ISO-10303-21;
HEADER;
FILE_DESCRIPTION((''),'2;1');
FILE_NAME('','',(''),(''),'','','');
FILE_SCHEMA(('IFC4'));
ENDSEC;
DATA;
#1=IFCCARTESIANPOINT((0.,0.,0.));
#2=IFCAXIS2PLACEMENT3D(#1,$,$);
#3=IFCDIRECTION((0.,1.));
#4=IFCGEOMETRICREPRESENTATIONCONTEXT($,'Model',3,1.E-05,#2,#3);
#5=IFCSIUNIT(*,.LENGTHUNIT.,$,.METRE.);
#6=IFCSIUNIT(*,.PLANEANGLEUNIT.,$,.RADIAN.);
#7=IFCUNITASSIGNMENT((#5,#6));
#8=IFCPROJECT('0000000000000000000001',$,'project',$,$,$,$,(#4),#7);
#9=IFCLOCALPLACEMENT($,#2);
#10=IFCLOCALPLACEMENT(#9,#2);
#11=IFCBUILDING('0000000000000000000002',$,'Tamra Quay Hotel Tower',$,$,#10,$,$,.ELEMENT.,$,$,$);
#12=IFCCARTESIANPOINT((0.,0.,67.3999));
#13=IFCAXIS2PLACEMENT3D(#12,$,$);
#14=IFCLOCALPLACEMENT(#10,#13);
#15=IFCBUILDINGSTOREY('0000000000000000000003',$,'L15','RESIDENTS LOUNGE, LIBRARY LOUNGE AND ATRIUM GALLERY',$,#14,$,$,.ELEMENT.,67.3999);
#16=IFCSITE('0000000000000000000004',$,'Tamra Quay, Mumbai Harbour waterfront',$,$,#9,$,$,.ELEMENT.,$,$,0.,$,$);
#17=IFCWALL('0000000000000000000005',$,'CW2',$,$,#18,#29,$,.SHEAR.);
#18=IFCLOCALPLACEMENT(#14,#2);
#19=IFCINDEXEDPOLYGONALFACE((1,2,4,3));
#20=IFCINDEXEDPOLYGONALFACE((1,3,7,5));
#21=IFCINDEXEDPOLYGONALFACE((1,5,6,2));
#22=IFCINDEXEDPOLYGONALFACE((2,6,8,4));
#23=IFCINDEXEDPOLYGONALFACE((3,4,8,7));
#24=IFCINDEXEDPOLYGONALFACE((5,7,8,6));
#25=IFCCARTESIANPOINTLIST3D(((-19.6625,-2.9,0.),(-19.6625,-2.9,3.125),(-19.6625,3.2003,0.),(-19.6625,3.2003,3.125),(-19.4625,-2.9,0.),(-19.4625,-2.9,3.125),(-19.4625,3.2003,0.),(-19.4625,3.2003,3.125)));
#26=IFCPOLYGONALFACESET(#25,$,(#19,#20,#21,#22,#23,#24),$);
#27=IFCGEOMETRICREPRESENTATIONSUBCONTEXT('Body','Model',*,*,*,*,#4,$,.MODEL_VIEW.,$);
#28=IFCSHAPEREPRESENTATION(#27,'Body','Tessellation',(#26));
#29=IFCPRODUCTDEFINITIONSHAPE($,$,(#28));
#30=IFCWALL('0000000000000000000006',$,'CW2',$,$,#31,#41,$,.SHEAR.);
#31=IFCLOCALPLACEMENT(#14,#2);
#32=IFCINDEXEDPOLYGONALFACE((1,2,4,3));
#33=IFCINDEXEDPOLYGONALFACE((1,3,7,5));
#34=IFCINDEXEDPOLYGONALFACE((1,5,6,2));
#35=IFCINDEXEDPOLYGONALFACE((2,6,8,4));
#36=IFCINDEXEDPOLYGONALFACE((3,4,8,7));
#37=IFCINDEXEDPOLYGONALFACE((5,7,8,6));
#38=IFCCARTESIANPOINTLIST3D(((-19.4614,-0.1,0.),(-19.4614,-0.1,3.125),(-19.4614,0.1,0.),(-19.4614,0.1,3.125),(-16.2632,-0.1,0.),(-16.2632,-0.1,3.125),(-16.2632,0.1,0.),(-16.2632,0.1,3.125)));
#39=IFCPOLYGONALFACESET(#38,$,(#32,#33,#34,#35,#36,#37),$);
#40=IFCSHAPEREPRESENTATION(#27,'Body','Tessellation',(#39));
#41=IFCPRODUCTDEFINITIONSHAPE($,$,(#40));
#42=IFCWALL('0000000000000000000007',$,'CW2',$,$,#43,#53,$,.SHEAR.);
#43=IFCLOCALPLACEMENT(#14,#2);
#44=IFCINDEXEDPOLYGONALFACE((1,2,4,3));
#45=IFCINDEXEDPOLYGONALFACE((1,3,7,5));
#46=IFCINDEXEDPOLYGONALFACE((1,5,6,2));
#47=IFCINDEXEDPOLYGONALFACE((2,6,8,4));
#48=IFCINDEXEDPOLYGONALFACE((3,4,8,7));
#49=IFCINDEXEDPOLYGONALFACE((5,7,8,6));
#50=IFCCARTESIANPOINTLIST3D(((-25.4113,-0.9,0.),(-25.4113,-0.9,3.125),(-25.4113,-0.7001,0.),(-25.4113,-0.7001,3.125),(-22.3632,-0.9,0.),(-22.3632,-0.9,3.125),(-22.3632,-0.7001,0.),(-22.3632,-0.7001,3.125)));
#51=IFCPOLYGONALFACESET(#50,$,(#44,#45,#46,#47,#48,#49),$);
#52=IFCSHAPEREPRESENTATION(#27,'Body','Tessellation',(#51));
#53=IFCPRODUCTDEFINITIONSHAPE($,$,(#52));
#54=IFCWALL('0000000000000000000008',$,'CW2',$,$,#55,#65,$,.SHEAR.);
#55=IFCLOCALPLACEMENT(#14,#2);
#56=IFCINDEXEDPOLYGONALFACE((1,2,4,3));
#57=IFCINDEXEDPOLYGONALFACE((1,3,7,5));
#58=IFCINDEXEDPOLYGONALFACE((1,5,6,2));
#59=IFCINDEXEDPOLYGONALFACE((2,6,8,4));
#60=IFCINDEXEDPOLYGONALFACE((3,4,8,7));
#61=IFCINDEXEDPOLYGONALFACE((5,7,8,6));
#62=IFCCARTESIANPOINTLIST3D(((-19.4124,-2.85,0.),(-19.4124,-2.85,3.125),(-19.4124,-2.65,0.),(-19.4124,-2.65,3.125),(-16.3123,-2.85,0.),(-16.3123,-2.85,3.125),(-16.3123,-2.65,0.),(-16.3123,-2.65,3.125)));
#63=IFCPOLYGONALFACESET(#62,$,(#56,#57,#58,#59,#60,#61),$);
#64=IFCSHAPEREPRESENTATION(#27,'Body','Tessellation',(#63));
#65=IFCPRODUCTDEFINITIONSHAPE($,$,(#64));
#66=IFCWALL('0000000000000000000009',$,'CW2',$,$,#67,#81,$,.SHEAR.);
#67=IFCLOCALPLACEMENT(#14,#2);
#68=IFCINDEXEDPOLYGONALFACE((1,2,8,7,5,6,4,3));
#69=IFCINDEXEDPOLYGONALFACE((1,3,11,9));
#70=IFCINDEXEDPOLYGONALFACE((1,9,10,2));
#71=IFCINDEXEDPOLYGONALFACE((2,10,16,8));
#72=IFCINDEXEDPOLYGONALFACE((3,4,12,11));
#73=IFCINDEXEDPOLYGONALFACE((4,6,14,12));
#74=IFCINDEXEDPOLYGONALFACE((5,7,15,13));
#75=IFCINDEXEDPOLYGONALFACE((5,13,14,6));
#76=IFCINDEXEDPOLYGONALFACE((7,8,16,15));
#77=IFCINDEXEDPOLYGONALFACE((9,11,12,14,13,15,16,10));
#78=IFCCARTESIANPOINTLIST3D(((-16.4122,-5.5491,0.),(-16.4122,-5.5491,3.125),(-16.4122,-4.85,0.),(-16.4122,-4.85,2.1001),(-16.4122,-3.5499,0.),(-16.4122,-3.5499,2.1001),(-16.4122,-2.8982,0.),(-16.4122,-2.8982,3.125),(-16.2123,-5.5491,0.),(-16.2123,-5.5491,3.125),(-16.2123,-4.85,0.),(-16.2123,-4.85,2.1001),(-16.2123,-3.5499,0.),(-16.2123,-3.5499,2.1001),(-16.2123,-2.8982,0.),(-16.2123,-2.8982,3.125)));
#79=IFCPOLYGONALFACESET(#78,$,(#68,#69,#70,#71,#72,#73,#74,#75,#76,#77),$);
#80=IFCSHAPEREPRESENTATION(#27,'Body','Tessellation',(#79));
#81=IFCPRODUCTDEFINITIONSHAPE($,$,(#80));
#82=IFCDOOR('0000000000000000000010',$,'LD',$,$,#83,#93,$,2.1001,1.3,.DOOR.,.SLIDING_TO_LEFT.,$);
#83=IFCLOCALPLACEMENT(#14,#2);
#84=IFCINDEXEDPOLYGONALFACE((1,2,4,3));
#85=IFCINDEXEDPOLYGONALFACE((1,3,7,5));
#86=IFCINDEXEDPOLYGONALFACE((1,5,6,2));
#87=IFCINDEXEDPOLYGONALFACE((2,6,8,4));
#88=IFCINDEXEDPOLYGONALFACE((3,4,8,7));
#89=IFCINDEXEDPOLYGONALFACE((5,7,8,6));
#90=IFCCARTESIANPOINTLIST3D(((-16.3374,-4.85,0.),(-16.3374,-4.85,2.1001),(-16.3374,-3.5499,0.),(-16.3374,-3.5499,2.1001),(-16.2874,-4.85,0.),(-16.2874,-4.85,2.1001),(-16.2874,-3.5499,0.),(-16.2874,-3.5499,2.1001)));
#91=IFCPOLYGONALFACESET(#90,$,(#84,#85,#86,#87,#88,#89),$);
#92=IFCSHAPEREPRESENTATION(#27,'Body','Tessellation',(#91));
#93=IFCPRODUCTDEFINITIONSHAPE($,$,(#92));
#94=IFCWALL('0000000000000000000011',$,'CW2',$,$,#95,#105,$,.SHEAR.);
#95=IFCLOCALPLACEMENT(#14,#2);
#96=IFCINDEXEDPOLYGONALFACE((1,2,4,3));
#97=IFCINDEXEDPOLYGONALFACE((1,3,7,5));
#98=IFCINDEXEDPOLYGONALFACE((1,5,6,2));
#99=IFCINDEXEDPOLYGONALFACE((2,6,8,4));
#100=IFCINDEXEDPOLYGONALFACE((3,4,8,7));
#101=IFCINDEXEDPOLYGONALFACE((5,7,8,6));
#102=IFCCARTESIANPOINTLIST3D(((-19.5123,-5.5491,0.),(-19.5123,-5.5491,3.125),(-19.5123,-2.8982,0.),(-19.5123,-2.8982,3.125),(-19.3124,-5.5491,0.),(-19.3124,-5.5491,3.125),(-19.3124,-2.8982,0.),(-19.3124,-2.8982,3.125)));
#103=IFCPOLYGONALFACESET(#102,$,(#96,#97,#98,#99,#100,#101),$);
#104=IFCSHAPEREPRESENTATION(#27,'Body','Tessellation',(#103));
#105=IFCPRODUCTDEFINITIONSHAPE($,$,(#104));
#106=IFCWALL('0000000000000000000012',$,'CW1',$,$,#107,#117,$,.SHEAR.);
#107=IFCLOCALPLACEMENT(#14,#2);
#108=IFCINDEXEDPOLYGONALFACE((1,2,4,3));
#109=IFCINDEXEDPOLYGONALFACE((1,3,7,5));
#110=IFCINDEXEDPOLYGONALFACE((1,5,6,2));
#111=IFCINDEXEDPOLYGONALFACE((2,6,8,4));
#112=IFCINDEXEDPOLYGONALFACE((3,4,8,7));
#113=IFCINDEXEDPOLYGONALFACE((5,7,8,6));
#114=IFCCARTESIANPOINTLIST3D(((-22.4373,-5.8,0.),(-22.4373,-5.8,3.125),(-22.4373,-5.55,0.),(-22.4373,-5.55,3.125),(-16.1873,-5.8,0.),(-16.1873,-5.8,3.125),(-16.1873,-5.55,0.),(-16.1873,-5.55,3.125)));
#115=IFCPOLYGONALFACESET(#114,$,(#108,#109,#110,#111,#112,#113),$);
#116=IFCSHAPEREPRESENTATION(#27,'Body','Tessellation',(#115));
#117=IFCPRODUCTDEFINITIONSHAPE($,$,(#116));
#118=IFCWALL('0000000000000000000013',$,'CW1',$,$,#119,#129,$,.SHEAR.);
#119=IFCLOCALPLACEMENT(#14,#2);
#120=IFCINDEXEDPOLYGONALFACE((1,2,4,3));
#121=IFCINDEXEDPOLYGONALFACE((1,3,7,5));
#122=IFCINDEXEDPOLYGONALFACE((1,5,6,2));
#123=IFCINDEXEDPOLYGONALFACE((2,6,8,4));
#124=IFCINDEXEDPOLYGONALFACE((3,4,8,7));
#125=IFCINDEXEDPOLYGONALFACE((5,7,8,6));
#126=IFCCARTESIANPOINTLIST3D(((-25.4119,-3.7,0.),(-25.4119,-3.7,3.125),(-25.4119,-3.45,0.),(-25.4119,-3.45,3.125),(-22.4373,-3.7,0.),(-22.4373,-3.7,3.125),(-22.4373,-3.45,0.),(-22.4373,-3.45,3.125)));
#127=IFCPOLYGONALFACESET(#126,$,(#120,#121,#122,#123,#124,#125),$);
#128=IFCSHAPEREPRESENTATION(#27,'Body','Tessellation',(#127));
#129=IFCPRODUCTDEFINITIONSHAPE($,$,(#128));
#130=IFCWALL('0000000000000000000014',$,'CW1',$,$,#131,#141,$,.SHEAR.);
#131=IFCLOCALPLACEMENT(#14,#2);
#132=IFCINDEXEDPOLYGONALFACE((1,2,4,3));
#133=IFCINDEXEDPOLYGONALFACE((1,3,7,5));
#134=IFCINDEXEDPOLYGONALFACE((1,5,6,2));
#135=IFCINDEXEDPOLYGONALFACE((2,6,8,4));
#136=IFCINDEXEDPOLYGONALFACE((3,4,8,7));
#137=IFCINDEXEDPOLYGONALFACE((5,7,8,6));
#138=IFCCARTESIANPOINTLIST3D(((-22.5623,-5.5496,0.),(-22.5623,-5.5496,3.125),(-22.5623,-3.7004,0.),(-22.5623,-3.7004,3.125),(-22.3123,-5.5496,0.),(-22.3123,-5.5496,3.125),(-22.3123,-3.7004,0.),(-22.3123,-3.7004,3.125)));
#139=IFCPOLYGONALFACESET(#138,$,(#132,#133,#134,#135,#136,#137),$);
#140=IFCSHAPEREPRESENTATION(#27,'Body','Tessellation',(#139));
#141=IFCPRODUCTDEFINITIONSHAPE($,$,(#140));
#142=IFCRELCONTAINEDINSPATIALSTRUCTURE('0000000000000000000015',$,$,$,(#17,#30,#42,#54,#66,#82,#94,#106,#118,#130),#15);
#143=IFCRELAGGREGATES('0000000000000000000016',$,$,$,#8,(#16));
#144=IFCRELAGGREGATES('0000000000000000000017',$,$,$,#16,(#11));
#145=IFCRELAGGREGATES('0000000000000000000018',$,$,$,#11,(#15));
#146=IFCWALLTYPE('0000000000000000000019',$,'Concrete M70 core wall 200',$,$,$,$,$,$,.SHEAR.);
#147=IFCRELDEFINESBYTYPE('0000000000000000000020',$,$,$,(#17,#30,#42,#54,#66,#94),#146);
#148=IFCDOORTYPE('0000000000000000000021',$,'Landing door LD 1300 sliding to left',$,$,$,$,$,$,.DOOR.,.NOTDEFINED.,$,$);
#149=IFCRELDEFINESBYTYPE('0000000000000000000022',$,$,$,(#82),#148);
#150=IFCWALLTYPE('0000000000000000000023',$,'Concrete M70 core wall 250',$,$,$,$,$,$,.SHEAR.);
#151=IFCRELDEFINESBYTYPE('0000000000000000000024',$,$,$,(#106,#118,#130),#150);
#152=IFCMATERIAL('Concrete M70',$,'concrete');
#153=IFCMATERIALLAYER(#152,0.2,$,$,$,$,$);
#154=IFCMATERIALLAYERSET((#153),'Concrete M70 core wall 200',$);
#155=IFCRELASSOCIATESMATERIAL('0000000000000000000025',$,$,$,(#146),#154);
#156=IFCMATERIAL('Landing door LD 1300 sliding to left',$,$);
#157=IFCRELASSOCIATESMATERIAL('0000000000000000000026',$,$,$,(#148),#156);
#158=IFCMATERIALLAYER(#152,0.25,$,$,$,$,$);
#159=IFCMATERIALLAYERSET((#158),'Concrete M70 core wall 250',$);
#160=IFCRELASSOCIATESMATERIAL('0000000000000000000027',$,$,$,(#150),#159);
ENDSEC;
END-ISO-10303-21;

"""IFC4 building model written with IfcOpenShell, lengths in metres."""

from ifc_helpers import new_model, si_unit, direction, frame, frame_2d, origin, place, context, subcontext, project, spatial, rectangle, extrude, material, layer, layer_set, type_object, element, fill, save


model = new_model("IFC4")

# Units and contexts
model_context = context("Model", 3, precision=1e-05, world=origin(), true_north=direction((0.0, 1.0)))
body_context = subcontext(model_context, "Body", "Model", "MODEL_VIEW")
ifc_project = project(units=[si_unit("LENGTHUNIT", "METRE"), si_unit("PLANEANGLEUNIT", "RADIAN")], contexts=[model_context])

# Site, building, storey
site_placement = place(None, origin())
site = spatial("IfcSite", under=ifc_project, at=site_placement, Name="Tamra Quay, Mumbai Harbour waterfront", CompositionType="ELEMENT", RefElevation=0.0)
building_placement = place(site_placement, origin())
building = spatial("IfcBuilding", under=site, at=building_placement, Name="Tamra Quay Hotel Tower", CompositionType="ELEMENT")
storey_placement = place(building_placement, frame((0.0, 0.0, 67.3999)))
storey = spatial("IfcBuildingStorey", under=building, at=storey_placement, Name="L15", Description="RESIDENTS LOUNGE, LIBRARY LOUNGE AND ATRIUM GALLERY", CompositionType="ELEMENT", Elevation=67.3999)

# Shared definitions
ifc_material_1 = material(Name="Concrete M70", Category="concrete")

# Walls
ifc_layer_1 = layer(ifc_material_1, 0.2)
ifc_layer_set_1 = layer_set([ifc_layer_1], Name="Concrete M70 core wall 200")
wall_type_1 = type_object("IfcWallType", Name="Concrete M70 core wall 200", PredefinedType="SHEAR", material=ifc_layer_set_1)
wall_1_placement = place(storey_placement, frame((-19.5625, -2.9001, 0.0), z_axis=(0.0, 0.0, 1.0), x_axis=(0.0, 1.0, 0.0)))
element("IfcWall", 1, at=wall_1_placement, inside=storey, type_object=wall_type_1, Name="CW2", PredefinedType="SHEAR", context=body_context, shape_type="SweptSolid", body=[
    extrude(rectangle(XDim=6.1003, YDim=0.2, at=frame_2d((3.0503, 0.0))), origin(), (0.0, 0.0, 1.0), 3.125),
])
wall_2_placement = place(storey_placement, frame((-16.2632, 0.0, 0.0), z_axis=(0.0, 0.0, 1.0), x_axis=(-1.0, 0.0, 0.0)))
element("IfcWall", 2, at=wall_2_placement, inside=storey, type_object=wall_type_1, Name="CW2", PredefinedType="SHEAR", context=body_context, shape_type="SweptSolid", body=[
    extrude(rectangle(XDim=3.1982, YDim=0.2, at=frame_2d((1.5991, 0.0))), origin(), (0.0, 0.0, 1.0), 3.125),
])
wall_3_placement = place(storey_placement, frame((-22.3633, -0.8, 0.0), z_axis=(0.0, 0.0, 1.0), x_axis=(-1.0, 0.0, 0.0)))
element("IfcWall", 3, at=wall_3_placement, inside=storey, type_object=wall_type_1, Name="CW2", PredefinedType="SHEAR", context=body_context, shape_type="SweptSolid", body=[
    extrude(rectangle(XDim=3.0481, YDim=0.2, at=frame_2d((1.5239, 0.0))), origin(), (0.0, 0.0, 1.0), 3.125),
])
wall_4_placement = place(storey_placement, frame((-19.4124, -2.75, 0.0), z_axis=(0.0, 0.0, 1.0), x_axis=(1.0, 0.0, 0.0)))
element("IfcWall", 4, at=wall_4_placement, inside=storey, type_object=wall_type_1, Name="CW2", PredefinedType="SHEAR", context=body_context, shape_type="SweptSolid", body=[
    extrude(rectangle(XDim=3.1001, YDim=0.2, at=frame_2d((1.55, 0.0))), origin(), (0.0, 0.0, 1.0), 3.125),
])

# Wall, opening, door
wall_5_placement = place(storey_placement, frame((-16.3123, -2.8982, 0.0), z_axis=(0.0, 0.0, 1.0), x_axis=(0.0, -1.0, 0.0)))
wall_5 = element("IfcWall", 5, at=wall_5_placement, inside=storey, type_object=wall_type_1, Name="CW2", PredefinedType="SHEAR", context=body_context, shape_type="SweptSolid", body=[
    extrude(rectangle(XDim=2.6509, YDim=0.2, at=frame_2d((1.3254, 0.0))), origin(), (0.0, 0.0, 1.0), 3.125),
])
opening_placement = place(wall_5_placement, frame((0.6519, 0.0, 0.0)))
opening = element("IfcOpeningElement", 6, at=opening_placement, cuts=wall_5, PredefinedType="OPENING", context=body_context, shape_type="SweptSolid", body=[
    extrude(rectangle(XDim=1.3, YDim=2.1001, at=frame_2d((0.6499, 1.05))), frame((0.0, 0.1099, 0.0), z_axis=(0.0, -1.0, 0.0), x_axis=(1.0, 0.0, 0.0)), (0.0, 0.0, 1.0), 0.22),
])
ifc_material_2 = material(Name="Landing door LD 1300 sliding to left")
door_type = type_object("IfcDoorType", Name="Landing door LD 1300 sliding to left", OperationType="NOTDEFINED", PredefinedType="DOOR", material=ifc_material_2)
door_placement = place(opening_placement, origin())
door = element("IfcDoor", 7, at=door_placement, inside=storey, type_object=door_type, Name="LD", OperationType="SLIDING_TO_LEFT", OverallHeight=2.1001, OverallWidth=1.3, PredefinedType="DOOR", context=body_context, shape_type="SweptSolid", body=[
    extrude(rectangle(XDim=1.3, YDim=2.1001, at=frame_2d((0.6499, 1.05))), frame((0.0, 0.0249, 0.0), z_axis=(0.0, -1.0, 0.0), x_axis=(1.0, 0.0, 0.0)), (0.0, 0.0, 1.0), 0.05),
])
fill(opening, door)

# Walls
wall_6_placement = place(storey_placement, frame((-19.4124, -5.5491, 0.0), z_axis=(0.0, 0.0, 1.0), x_axis=(0.0, 1.0, 0.0)))
element("IfcWall", 8, at=wall_6_placement, inside=storey, type_object=wall_type_1, Name="CW2", PredefinedType="SHEAR", context=body_context, shape_type="SweptSolid", body=[
    extrude(rectangle(XDim=2.6509, YDim=0.2, at=frame_2d((1.3254, 0.0))), origin(), (0.0, 0.0, 1.0), 3.125),
])
ifc_layer_2 = layer(ifc_material_1, 0.25)
ifc_layer_set_2 = layer_set([ifc_layer_2], Name="Concrete M70 core wall 250")
wall_type_2 = type_object("IfcWallType", Name="Concrete M70 core wall 250", PredefinedType="SHEAR", material=ifc_layer_set_2)
wall_7_placement = place(storey_placement, frame((-16.1873, -5.675, 0.0), z_axis=(0.0, 0.0, 1.0), x_axis=(-1.0, 0.0, 0.0)))
element("IfcWall", 9, at=wall_7_placement, inside=storey, type_object=wall_type_2, Name="CW1", PredefinedType="SHEAR", context=body_context, shape_type="SweptSolid", body=[
    extrude(rectangle(XDim=6.25, YDim=0.25, at=frame_2d((3.125, 0.0))), origin(), (0.0, 0.0, 1.0), 3.125),
])
wall_8_placement = place(storey_placement, frame((-22.4373, -3.575, 0.0), z_axis=(0.0, 0.0, 1.0), x_axis=(-1.0, 0.0, 0.0)))
element("IfcWall", 10, at=wall_8_placement, inside=storey, type_object=wall_type_2, Name="CW1", PredefinedType="SHEAR", context=body_context, shape_type="SweptSolid", body=[
    extrude(rectangle(XDim=2.9746, YDim=0.25, at=frame_2d((1.4873, 0.0))), origin(), (0.0, 0.0, 1.0), 3.125),
])
wall_9_placement = place(storey_placement, frame((-22.4373, -5.5496, 0.0), z_axis=(0.0, 0.0, 1.0), x_axis=(0.0, 1.0, 0.0)))
element("IfcWall", 11, at=wall_9_placement, inside=storey, type_object=wall_type_2, Name="CW1", PredefinedType="SHEAR", context=body_context, shape_type="SweptSolid", body=[
    extrude(rectangle(XDim=1.8491, YDim=0.25, at=frame_2d((0.9246, 0.0))), origin(), (0.0, 0.0, 1.0), 3.125),
])

save(model, "model.ifc")
